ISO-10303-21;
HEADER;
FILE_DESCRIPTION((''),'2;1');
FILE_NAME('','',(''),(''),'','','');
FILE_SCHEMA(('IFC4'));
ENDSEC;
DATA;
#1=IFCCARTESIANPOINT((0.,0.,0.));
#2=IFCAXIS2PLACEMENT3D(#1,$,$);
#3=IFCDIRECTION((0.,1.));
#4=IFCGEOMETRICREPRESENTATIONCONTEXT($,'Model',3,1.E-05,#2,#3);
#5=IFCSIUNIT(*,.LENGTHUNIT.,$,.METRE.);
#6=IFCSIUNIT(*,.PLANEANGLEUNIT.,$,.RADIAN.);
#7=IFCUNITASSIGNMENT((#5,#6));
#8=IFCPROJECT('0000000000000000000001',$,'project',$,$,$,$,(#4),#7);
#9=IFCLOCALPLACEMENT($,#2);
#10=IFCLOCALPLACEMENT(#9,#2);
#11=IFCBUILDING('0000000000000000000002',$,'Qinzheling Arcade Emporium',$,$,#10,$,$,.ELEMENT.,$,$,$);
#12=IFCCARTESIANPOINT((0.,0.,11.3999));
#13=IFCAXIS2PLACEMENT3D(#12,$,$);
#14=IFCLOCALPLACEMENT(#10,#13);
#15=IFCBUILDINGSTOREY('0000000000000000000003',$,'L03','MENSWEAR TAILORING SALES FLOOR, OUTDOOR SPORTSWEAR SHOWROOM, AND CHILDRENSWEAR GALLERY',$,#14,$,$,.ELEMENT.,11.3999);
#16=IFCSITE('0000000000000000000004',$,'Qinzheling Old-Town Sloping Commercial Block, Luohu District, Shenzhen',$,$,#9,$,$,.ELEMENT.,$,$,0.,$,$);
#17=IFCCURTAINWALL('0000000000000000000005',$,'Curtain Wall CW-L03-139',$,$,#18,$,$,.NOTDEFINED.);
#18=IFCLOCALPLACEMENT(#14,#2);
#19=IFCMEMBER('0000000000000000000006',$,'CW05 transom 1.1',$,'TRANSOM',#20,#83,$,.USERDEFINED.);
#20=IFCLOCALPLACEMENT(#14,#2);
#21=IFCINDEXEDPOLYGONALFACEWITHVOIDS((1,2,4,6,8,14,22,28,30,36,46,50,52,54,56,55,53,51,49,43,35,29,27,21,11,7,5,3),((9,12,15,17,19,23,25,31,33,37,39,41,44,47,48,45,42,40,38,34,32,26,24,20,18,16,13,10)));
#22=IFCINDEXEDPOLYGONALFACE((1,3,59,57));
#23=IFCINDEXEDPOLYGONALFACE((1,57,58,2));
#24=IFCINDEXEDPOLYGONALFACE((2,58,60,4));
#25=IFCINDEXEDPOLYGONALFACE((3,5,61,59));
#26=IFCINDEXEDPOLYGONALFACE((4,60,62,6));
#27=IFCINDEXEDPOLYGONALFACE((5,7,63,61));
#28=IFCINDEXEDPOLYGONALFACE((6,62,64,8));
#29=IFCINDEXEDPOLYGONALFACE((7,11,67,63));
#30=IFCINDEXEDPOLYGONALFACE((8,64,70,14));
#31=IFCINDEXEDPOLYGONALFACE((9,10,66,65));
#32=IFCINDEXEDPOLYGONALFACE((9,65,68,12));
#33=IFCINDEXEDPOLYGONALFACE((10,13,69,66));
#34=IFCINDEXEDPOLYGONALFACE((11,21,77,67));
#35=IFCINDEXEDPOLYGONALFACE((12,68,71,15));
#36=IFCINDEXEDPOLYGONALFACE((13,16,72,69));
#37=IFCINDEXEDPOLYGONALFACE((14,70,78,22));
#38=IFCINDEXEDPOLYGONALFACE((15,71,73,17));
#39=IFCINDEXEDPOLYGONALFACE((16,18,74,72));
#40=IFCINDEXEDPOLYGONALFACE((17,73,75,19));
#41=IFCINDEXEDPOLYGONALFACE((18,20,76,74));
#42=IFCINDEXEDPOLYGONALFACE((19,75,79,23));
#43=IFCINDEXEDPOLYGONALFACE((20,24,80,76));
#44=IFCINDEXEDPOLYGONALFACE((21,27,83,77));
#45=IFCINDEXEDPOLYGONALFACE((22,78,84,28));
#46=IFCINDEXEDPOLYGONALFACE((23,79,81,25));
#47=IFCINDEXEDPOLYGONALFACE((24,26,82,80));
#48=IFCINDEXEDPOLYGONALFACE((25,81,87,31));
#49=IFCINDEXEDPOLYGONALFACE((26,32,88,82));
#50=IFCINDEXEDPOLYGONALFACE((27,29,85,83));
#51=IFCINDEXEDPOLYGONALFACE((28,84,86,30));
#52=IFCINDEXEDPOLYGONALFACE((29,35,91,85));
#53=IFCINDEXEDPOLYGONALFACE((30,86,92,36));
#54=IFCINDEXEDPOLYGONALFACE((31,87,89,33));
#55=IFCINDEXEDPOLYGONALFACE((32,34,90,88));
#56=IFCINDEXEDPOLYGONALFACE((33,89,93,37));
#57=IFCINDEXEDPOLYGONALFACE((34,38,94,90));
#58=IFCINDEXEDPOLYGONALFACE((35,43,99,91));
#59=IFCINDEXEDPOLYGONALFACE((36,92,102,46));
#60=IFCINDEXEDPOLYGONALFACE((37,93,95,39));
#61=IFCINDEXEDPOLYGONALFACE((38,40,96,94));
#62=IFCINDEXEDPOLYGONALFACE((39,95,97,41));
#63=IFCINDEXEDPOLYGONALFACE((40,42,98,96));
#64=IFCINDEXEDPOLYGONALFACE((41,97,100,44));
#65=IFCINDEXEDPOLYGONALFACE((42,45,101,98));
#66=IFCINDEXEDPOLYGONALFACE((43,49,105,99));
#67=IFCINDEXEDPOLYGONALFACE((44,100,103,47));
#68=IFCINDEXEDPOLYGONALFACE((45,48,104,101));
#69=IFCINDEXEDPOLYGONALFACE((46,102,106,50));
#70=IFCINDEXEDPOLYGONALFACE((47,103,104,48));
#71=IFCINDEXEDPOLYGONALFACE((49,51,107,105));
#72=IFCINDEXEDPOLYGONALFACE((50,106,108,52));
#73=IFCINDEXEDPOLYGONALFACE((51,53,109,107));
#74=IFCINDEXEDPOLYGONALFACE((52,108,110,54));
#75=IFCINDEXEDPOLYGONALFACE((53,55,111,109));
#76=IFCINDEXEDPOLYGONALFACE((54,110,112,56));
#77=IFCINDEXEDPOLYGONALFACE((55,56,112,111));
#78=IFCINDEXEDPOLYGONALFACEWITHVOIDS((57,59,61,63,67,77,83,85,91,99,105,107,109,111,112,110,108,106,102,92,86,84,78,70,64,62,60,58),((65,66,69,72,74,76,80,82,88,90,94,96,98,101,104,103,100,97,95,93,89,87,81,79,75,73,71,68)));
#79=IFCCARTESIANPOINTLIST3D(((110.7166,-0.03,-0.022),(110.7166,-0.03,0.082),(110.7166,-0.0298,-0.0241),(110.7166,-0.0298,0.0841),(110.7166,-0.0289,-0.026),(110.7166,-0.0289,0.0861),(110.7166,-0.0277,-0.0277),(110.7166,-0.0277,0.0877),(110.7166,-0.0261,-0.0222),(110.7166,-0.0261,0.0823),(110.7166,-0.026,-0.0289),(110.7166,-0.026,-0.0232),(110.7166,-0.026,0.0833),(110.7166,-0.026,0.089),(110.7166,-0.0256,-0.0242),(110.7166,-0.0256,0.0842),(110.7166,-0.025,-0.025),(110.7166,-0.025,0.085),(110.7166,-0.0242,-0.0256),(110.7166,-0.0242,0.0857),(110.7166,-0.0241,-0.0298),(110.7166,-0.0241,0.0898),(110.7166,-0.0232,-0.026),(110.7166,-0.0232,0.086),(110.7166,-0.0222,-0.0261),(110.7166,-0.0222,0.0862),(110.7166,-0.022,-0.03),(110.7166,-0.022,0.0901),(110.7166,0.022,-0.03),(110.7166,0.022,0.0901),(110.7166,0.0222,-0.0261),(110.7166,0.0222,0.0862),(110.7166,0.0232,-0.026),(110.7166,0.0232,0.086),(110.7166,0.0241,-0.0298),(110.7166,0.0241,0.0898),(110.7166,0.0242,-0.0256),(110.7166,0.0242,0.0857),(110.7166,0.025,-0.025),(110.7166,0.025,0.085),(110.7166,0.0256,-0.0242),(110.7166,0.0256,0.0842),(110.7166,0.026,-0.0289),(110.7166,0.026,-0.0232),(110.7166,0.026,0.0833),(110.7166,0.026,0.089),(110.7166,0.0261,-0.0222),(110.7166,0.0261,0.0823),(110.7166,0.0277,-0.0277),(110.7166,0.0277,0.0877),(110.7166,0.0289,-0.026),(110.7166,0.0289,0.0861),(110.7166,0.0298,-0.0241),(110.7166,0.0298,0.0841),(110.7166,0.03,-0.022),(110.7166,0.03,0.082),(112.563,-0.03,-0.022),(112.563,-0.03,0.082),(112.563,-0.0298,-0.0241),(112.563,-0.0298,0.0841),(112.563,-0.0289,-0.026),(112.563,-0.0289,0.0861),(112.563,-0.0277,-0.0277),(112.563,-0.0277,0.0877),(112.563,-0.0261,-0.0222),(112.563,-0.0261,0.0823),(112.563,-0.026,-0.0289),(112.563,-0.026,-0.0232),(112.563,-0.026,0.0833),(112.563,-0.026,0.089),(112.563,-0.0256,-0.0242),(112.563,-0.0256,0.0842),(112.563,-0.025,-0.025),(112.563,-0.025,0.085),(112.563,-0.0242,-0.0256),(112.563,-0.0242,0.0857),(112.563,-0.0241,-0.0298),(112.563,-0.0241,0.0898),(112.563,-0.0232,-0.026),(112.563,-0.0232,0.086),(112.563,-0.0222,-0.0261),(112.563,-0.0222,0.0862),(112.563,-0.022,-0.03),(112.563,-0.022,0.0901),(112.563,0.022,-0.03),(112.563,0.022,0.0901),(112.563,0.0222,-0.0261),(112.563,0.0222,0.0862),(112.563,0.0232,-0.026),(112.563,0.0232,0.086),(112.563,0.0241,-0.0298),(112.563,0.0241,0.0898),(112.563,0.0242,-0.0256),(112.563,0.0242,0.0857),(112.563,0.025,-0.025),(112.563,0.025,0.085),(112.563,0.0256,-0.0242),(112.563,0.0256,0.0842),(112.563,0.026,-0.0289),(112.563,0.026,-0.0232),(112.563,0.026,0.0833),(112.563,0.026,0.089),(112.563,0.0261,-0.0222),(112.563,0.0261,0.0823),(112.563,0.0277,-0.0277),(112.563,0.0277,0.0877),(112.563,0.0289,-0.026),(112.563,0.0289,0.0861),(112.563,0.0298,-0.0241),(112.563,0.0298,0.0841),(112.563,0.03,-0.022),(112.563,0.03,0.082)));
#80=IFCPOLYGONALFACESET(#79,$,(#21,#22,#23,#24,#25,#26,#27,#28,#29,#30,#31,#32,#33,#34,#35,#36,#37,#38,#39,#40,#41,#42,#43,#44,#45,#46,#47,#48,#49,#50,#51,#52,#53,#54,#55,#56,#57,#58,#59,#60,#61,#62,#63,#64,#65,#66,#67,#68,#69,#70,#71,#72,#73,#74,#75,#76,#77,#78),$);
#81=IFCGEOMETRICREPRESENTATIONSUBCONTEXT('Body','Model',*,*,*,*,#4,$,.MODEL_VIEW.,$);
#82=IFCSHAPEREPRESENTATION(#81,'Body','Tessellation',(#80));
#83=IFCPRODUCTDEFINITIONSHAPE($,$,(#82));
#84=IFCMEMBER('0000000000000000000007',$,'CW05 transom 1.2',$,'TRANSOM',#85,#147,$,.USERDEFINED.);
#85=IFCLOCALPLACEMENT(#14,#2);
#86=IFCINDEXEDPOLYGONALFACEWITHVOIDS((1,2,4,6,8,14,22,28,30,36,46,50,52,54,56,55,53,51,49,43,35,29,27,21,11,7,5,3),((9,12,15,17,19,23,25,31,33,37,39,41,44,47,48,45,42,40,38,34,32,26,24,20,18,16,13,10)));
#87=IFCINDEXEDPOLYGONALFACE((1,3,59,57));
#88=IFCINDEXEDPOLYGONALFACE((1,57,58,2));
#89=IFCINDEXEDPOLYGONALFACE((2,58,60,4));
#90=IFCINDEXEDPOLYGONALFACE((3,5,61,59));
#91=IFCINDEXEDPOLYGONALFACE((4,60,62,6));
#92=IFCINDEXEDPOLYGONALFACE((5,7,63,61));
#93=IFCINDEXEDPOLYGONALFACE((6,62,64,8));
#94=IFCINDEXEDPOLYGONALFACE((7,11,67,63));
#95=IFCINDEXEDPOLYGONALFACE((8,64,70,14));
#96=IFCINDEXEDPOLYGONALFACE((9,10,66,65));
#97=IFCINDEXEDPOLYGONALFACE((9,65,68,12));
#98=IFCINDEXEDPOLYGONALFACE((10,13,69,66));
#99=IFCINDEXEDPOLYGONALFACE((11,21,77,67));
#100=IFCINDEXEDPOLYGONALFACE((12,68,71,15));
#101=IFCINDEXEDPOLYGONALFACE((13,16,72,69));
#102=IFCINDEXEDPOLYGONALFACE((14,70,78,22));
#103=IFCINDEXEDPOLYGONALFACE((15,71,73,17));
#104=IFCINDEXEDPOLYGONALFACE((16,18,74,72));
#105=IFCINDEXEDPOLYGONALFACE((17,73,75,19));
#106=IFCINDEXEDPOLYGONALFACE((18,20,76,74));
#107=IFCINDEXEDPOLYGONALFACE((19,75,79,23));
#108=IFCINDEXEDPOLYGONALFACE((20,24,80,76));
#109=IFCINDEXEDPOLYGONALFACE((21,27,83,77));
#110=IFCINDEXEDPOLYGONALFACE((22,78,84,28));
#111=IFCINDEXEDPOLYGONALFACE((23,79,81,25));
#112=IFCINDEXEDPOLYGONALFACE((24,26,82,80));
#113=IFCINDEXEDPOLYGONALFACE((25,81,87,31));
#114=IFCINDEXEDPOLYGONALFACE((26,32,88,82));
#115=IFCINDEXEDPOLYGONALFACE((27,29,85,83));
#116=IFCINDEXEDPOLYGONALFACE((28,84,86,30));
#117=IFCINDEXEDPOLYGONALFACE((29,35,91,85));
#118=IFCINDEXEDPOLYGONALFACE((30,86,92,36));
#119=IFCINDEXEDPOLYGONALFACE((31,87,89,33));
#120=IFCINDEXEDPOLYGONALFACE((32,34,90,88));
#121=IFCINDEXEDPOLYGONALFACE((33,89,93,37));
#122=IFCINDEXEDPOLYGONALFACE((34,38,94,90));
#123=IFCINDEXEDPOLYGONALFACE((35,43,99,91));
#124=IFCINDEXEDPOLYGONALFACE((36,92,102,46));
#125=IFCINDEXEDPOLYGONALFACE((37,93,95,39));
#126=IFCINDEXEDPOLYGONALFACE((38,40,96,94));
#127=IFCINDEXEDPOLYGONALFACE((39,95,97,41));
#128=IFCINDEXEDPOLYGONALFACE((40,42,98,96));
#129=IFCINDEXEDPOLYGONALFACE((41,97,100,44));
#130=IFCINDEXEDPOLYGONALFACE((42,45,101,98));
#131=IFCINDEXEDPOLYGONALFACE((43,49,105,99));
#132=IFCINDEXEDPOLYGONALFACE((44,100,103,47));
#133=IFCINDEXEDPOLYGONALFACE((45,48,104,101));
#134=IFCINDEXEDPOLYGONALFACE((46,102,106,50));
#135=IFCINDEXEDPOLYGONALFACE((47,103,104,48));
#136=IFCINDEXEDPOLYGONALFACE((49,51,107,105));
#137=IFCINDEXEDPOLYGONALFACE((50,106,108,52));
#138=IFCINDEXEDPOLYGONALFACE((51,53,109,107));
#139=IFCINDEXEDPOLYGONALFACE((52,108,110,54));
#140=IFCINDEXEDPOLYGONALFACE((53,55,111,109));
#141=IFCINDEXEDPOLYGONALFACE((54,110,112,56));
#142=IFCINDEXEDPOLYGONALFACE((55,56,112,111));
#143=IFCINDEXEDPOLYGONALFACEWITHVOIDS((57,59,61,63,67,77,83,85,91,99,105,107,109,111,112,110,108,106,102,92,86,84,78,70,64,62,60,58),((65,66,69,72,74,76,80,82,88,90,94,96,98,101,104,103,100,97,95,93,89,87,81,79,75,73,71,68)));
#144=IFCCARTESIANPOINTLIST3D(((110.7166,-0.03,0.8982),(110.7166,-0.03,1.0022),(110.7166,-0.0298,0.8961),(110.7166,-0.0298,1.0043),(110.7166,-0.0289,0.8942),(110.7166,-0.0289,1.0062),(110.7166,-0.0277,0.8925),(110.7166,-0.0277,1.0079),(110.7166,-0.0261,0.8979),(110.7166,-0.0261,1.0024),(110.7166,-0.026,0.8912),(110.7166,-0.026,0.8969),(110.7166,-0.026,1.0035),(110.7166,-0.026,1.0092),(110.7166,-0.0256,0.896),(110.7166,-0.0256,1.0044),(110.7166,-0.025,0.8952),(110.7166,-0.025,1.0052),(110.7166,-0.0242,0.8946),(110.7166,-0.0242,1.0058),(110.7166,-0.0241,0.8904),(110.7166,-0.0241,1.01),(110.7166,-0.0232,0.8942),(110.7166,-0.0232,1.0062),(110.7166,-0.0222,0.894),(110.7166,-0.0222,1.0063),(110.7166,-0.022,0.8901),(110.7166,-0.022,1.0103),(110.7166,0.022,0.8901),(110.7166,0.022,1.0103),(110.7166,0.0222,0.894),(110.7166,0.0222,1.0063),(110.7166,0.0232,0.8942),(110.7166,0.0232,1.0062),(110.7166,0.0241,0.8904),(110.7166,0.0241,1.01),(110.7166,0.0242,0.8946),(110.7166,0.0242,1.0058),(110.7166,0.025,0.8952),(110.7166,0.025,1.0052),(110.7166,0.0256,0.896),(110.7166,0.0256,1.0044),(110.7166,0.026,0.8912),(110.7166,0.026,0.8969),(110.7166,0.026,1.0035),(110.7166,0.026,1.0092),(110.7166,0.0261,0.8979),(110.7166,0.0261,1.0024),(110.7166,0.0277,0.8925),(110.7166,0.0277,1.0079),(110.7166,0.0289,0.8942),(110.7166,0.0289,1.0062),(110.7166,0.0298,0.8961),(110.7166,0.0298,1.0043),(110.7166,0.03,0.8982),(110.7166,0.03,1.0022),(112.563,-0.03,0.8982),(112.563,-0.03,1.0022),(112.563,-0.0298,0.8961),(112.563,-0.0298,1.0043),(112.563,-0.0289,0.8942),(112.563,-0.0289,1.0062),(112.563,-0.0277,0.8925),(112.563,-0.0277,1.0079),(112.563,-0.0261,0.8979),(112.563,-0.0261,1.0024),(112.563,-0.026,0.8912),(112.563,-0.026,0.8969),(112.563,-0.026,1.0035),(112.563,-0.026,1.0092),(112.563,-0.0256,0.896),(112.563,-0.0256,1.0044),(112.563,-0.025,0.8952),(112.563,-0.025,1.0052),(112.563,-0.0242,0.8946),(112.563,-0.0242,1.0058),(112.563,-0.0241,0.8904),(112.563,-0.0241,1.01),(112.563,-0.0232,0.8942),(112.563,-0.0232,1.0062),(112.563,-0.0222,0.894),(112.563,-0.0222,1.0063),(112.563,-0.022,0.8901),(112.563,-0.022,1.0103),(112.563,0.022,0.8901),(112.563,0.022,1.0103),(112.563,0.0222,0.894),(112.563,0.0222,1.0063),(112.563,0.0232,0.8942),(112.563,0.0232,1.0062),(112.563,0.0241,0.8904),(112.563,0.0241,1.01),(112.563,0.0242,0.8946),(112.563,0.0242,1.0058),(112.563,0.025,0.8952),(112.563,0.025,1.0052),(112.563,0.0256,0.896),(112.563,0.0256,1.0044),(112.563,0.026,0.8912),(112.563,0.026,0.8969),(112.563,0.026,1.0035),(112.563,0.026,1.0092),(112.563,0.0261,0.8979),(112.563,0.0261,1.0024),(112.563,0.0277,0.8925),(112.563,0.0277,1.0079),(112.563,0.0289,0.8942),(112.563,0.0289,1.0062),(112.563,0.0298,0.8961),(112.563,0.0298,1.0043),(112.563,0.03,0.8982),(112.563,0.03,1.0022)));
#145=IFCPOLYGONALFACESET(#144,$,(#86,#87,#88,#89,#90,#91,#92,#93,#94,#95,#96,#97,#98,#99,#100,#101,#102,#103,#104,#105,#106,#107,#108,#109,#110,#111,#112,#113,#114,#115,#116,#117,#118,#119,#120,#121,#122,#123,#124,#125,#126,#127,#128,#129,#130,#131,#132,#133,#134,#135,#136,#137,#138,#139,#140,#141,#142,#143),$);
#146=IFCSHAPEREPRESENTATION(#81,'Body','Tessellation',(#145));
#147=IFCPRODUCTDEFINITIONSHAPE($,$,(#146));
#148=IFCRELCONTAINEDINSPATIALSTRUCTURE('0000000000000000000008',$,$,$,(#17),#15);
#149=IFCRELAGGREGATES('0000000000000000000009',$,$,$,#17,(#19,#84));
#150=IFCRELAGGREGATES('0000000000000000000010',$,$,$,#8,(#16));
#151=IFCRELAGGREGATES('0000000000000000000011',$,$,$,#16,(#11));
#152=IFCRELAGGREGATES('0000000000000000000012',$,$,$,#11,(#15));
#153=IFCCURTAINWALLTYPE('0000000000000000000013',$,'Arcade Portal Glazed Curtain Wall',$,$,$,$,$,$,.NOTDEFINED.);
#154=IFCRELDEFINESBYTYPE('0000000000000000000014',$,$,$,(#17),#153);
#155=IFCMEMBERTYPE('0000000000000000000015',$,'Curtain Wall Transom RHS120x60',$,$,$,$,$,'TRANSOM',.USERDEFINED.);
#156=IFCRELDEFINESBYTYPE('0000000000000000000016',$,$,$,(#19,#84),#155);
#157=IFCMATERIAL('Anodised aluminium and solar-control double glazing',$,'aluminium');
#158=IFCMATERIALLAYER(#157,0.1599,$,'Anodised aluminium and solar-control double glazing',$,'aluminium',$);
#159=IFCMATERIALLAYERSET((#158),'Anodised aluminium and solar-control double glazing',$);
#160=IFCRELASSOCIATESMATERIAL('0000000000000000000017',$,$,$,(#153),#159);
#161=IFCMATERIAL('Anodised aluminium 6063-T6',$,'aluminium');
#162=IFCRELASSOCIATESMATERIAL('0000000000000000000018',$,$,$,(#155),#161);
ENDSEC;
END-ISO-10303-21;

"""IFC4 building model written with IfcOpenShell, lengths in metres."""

from ifc_helpers import new_model, si_unit, direction, frame, origin, origin_2d, place, context, subcontext, project, spatial, hollow_rectangle, extrude, material, layer, layer_set, material_profile, profile_set, type_object, element, aggregate, save


model = new_model("IFC4")

# Units and contexts
model_context = context("Model", 3, precision=1e-05, world=origin(), true_north=direction((0.0, 1.0)))
body_context = subcontext(model_context, "Body", "Model", "MODEL_VIEW")
ifc_project = project(units=[si_unit("LENGTHUNIT", "METRE"), si_unit("PLANEANGLEUNIT", "RADIAN")], contexts=[model_context])

# Site, building, storey
site_placement = place(None, origin())
site = spatial("IfcSite", under=ifc_project, at=site_placement, Name="Qinzheling Old-Town Sloping Commercial Block, Luohu District, Shenzhen", CompositionType="ELEMENT", RefElevation=0.0)
building_placement = place(site_placement, origin())
building = spatial("IfcBuilding", under=site, at=building_placement, Name="Qinzheling Arcade Emporium", CompositionType="ELEMENT")
storey_placement = place(building_placement, frame((0.0, 0.0, 11.3999)))
storey = spatial("IfcBuildingStorey", under=building, at=storey_placement, Name="L03", Description="MENSWEAR TAILORING SALES FLOOR, OUTDOOR SPORTSWEAR SHOWROOM, AND CHILDRENSWEAR GALLERY", CompositionType="ELEMENT", Elevation=11.3999)

# Curtain wall, members
ifc_material_1 = material(Name="Anodised aluminium and solar-control double glazing", Category="aluminium")
ifc_layer_1 = layer(ifc_material_1, 0.1599, Name="Anodised aluminium and solar-control double glazing", Category="aluminium")
ifc_layer_set_1 = layer_set([ifc_layer_1], Name="Anodised aluminium and solar-control double glazing")
curtain_wall_type = type_object("IfcCurtainWallType", Name="Arcade Portal Glazed Curtain Wall", PredefinedType="NOTDEFINED", material=ifc_layer_set_1)
curtain_wall_placement = place(storey_placement, origin())
curtain_wall = element("IfcCurtainWall", 1, at=curtain_wall_placement, inside=storey, type_object=curtain_wall_type, Name="Curtain Wall CW-L03-139", PredefinedType="NOTDEFINED")
ifc_material_2 = material(Name="Anodised aluminium 6063-T6", Category="aluminium")
ifc_material_profile_1 = material_profile(ifc_material_2, hollow_rectangle(XDim=0.0601, YDim=0.1201, WallThickness=0.0039, InnerFilletRadius=0.0039, OuterFilletRadius=0.0081, at=origin_2d()), Name="RHS 120x60x4", Category="aluminium")
ifc_profile_set_1 = profile_set([ifc_material_profile_1], Name="Anodised aluminium 6063-T6")
member_type_1 = type_object("IfcMemberType", Name="Curtain Wall Transom RHS120x60", ElementType="TRANSOM", PredefinedType="USERDEFINED", material=ifc_profile_set_1)
member_1_placement = place(storey_placement, frame((112.563, 0.0, 0.03), z_axis=(-1.0, 0.0, 0.0), x_axis=(0.0, -1.0, 0.0)))
member_1 = element("IfcMember", 2, at=member_1_placement, type_object=member_type_1, Name="CW05 transom 1.1", ObjectType="TRANSOM", PredefinedType="USERDEFINED", context=body_context, shape_type="SweptSolid", body=[
    extrude(hollow_rectangle(XDim=0.0601, YDim=0.1201, WallThickness=0.0039, InnerFilletRadius=0.0039, OuterFilletRadius=0.0081, at=origin_2d()), origin(), (0.0, 0.0, 1.0), 1.8464),
])
member_2_placement = place(storey_placement, frame((112.563, 0.0, 0.9502), z_axis=(-1.0, 0.0, 0.0), x_axis=(0.0, -1.0, 0.0)))
member_2 = element("IfcMember", 3, at=member_2_placement, type_object=member_type_1, Name="CW05 transom 1.2", ObjectType="TRANSOM", PredefinedType="USERDEFINED", context=body_context, shape_type="SweptSolid", body=[
    extrude(hollow_rectangle(XDim=0.0601, YDim=0.1201, WallThickness=0.0039, InnerFilletRadius=0.0039, OuterFilletRadius=0.0081, at=origin_2d()), origin(), (0.0, 0.0, 1.0), 1.8464),
])

aggregate(curtain_wall, [member_1, member_2])

save(model, "model.ifc")
